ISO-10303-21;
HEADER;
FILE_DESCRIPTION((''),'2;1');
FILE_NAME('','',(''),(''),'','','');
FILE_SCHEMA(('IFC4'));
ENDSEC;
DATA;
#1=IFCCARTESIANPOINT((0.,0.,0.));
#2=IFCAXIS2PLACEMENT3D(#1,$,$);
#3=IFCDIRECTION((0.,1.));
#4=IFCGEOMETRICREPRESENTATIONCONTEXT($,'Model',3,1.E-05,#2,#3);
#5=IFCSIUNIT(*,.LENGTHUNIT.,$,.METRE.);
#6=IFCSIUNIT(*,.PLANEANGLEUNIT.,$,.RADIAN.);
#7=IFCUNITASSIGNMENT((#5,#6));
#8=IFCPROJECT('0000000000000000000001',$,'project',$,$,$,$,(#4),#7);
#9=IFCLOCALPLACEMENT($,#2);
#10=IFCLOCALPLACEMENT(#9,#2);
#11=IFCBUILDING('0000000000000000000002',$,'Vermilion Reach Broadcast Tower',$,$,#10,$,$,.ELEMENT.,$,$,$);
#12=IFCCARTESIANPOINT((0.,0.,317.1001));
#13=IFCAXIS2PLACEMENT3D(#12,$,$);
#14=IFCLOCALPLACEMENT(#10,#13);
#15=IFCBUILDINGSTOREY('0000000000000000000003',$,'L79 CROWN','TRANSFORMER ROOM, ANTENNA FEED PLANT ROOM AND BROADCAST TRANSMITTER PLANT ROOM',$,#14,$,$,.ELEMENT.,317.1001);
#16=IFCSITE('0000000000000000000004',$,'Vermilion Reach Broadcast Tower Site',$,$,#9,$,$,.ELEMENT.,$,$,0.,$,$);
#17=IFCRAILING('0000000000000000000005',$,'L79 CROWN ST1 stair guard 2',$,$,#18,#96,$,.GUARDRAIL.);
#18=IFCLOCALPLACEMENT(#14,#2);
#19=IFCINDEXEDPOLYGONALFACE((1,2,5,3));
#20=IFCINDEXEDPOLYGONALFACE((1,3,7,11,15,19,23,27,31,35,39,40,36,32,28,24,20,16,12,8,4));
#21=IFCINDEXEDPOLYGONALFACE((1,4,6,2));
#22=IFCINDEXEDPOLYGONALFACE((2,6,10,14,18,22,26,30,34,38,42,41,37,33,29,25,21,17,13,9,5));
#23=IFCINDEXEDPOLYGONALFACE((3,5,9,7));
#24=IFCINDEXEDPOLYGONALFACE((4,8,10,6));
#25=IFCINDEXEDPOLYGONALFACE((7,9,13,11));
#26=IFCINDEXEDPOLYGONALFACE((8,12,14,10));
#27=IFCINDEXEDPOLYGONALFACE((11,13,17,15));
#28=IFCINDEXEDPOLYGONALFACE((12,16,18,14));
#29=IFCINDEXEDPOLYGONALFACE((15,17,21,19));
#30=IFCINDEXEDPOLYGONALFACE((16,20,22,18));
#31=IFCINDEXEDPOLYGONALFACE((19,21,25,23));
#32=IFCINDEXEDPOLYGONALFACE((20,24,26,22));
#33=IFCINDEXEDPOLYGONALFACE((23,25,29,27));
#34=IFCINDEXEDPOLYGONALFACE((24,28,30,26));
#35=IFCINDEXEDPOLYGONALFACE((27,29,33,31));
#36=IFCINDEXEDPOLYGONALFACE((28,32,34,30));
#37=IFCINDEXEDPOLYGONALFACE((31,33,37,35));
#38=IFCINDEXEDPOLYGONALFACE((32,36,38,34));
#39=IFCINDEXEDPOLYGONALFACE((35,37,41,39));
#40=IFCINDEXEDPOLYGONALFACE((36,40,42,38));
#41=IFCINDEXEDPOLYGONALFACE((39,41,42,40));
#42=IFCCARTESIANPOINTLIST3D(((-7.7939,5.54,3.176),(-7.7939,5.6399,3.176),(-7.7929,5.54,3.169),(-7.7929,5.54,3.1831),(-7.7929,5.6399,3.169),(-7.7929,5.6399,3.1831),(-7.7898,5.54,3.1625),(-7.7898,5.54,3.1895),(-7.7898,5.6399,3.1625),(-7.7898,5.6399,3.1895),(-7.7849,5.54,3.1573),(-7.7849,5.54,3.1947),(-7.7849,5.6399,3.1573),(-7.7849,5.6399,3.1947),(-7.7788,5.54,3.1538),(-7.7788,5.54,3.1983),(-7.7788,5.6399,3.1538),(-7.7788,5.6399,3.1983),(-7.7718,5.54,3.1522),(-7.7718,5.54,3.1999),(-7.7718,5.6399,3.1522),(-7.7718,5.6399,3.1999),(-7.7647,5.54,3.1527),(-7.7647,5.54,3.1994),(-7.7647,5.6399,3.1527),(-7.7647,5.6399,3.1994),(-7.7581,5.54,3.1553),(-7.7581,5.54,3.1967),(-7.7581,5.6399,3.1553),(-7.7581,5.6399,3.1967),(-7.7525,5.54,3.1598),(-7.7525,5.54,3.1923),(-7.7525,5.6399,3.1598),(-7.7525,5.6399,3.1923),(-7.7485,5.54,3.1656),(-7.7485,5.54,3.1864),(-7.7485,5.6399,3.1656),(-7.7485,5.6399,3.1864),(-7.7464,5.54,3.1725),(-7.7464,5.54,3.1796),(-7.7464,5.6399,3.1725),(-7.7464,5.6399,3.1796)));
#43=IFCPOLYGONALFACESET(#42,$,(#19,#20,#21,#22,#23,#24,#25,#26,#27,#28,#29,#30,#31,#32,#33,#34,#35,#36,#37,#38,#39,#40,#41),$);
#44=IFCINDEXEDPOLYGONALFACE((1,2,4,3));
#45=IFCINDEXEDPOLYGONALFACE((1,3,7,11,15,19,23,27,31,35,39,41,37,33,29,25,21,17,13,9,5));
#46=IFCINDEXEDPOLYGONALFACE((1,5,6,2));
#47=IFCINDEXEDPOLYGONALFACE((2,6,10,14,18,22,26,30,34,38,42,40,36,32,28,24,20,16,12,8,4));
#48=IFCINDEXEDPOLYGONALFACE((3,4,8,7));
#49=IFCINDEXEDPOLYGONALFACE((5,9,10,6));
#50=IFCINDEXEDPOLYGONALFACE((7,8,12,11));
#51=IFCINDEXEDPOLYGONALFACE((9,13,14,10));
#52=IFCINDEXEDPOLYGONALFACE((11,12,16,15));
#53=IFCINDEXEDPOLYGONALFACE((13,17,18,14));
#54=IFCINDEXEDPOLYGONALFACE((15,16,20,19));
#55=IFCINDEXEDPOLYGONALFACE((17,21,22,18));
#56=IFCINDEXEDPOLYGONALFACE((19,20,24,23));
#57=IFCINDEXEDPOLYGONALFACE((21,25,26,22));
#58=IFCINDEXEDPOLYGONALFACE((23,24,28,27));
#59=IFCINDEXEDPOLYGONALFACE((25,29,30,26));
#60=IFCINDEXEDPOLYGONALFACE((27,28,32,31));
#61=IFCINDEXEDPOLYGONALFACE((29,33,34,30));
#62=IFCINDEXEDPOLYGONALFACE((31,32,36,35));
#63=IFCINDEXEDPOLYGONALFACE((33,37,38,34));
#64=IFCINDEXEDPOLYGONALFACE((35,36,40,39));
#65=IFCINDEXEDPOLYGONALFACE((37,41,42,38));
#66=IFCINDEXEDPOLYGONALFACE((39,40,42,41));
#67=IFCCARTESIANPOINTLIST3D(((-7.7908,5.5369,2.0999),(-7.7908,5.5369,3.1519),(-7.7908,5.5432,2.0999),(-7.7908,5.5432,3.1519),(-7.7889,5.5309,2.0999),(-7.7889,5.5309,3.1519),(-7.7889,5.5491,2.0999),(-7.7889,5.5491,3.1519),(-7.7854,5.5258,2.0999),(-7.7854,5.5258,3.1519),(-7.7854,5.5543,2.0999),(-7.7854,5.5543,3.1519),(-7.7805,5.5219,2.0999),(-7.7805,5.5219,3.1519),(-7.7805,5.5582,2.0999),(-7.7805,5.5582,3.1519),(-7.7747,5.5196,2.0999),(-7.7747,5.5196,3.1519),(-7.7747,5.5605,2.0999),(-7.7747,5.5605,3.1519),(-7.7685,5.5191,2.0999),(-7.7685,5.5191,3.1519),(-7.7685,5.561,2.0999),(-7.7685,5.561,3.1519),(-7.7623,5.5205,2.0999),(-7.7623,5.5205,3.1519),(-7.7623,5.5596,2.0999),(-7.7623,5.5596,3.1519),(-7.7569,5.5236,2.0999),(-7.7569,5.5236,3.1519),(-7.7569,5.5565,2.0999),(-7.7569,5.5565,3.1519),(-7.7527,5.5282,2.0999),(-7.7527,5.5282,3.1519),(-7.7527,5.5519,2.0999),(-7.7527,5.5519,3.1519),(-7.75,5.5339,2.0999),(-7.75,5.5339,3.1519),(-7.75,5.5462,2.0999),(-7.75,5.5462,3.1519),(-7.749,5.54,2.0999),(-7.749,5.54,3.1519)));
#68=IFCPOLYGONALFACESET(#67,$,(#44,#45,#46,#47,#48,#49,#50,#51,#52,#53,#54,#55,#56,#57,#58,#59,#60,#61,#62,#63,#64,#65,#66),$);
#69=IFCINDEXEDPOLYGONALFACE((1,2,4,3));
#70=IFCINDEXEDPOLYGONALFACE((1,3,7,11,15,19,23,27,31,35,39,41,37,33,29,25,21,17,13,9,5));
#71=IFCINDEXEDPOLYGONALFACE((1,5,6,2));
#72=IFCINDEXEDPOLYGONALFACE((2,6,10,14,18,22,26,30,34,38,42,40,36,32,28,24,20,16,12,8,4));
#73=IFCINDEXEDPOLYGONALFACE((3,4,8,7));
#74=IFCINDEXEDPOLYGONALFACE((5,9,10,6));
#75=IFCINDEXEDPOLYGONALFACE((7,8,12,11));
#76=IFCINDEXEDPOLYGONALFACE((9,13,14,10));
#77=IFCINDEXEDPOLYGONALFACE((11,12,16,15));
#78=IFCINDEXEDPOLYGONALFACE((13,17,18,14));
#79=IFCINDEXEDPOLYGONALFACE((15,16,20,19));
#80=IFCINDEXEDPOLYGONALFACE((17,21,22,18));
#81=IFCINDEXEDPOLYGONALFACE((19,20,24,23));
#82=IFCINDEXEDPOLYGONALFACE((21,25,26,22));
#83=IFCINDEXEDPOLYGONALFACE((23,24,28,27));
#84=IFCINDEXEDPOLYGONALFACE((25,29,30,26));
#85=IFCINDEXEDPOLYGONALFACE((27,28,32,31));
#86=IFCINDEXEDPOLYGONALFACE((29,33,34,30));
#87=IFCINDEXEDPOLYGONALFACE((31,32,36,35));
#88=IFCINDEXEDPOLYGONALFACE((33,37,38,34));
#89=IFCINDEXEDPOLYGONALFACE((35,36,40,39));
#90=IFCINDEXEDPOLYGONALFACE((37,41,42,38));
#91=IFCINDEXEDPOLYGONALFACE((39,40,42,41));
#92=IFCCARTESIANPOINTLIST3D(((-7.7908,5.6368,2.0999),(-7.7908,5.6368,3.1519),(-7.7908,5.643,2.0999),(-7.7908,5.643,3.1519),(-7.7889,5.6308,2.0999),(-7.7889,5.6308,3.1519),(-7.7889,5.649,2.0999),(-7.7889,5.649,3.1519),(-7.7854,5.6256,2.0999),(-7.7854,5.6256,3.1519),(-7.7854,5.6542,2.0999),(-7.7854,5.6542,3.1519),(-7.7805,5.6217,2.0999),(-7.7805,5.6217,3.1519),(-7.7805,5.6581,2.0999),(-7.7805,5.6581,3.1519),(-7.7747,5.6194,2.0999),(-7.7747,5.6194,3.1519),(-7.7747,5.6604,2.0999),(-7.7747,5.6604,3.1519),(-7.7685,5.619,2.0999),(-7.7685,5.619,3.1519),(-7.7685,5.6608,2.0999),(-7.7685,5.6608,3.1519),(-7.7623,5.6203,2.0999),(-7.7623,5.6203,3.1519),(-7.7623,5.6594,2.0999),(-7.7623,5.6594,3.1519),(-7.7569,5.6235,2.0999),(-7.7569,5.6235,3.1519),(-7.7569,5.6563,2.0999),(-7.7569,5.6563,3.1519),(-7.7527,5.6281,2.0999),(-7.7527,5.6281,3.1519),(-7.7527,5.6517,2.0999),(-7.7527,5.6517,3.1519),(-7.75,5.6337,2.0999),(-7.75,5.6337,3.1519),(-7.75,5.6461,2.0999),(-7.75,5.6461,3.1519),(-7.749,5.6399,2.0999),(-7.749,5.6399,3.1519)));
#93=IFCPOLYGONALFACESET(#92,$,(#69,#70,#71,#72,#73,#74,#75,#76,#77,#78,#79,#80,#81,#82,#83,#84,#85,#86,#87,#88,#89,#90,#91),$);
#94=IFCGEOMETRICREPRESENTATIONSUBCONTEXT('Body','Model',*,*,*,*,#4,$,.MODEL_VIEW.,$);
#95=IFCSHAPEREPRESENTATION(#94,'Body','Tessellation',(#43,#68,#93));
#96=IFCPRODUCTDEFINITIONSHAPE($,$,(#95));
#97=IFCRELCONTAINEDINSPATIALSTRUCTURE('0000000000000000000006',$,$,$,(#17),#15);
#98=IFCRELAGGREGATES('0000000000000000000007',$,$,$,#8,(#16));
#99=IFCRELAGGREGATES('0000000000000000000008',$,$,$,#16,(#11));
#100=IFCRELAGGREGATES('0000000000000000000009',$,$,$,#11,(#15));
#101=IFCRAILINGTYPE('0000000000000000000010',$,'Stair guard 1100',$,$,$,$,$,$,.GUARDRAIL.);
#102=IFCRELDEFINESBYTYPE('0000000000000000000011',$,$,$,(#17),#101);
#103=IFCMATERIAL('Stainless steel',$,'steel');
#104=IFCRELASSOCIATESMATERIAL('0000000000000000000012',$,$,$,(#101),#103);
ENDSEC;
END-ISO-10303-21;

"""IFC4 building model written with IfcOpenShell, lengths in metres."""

from ifc_helpers import new_model, si_unit, direction, frame, origin, origin_2d, place, context, subcontext, project, spatial, circle, extrude, material, type_object, element, save


model = new_model("IFC4")

# Units and contexts
model_context = context("Model", 3, precision=1e-05, world=origin(), true_north=direction((0.0, 1.0)))
body_context = subcontext(model_context, "Body", "Model", "MODEL_VIEW")
ifc_project = project(units=[si_unit("LENGTHUNIT", "METRE"), si_unit("PLANEANGLEUNIT", "RADIAN")], contexts=[model_context])

# Site, building, storey
site_placement = place(None, origin())
site = spatial("IfcSite", under=ifc_project, at=site_placement, Name="Vermilion Reach Broadcast Tower Site", CompositionType="ELEMENT", RefElevation=0.0)
building_placement = place(site_placement, origin())
building = spatial("IfcBuilding", under=site, at=building_placement, Name="Vermilion Reach Broadcast Tower", CompositionType="ELEMENT")
storey_placement = place(building_placement, frame((0.0, 0.0, 317.1001)))
storey = spatial("IfcBuildingStorey", under=building, at=storey_placement, Name="L79 CROWN", Description="TRANSFORMER ROOM, ANTENNA FEED PLANT ROOM AND BROADCAST TRANSMITTER PLANT ROOM", CompositionType="ELEMENT", Elevation=317.1001)

# Railing
ifc_material_1 = material(Name="Stainless steel", Category="steel")
railing_type_1 = type_object("IfcRailingType", Name="Stair guard 1100", PredefinedType="GUARDRAIL", material=ifc_material_1)
railing_1_placement = place(storey_placement, frame((-7.77, 5.54, 2.0999)))
element("IfcRailing", 1, at=railing_1_placement, inside=storey, type_object=railing_type_1, Name="L79 CROWN ST1 stair guard 2", PredefinedType="GUARDRAIL", context=body_context, shape_type="SweptSolid", body=[
    extrude(circle(Radius=0.0239, at=origin_2d()), frame((0.0, 0.0, 1.0762), z_axis=(0.0, 1.0, 0.0), x_axis=(-1.0, 0.0, 0.0)), (0.0, 0.0, 1.0), 0.0999),
    extrude(circle(Radius=0.021, at=origin_2d()), origin(), (0.0, 0.0, 1.0), 1.052),
    extrude(circle(Radius=0.021, at=origin_2d()), frame((0.0, 0.0999, 0.0)), (0.0, 0.0, 1.0), 1.052),
])

save(model, "model.ifc")
